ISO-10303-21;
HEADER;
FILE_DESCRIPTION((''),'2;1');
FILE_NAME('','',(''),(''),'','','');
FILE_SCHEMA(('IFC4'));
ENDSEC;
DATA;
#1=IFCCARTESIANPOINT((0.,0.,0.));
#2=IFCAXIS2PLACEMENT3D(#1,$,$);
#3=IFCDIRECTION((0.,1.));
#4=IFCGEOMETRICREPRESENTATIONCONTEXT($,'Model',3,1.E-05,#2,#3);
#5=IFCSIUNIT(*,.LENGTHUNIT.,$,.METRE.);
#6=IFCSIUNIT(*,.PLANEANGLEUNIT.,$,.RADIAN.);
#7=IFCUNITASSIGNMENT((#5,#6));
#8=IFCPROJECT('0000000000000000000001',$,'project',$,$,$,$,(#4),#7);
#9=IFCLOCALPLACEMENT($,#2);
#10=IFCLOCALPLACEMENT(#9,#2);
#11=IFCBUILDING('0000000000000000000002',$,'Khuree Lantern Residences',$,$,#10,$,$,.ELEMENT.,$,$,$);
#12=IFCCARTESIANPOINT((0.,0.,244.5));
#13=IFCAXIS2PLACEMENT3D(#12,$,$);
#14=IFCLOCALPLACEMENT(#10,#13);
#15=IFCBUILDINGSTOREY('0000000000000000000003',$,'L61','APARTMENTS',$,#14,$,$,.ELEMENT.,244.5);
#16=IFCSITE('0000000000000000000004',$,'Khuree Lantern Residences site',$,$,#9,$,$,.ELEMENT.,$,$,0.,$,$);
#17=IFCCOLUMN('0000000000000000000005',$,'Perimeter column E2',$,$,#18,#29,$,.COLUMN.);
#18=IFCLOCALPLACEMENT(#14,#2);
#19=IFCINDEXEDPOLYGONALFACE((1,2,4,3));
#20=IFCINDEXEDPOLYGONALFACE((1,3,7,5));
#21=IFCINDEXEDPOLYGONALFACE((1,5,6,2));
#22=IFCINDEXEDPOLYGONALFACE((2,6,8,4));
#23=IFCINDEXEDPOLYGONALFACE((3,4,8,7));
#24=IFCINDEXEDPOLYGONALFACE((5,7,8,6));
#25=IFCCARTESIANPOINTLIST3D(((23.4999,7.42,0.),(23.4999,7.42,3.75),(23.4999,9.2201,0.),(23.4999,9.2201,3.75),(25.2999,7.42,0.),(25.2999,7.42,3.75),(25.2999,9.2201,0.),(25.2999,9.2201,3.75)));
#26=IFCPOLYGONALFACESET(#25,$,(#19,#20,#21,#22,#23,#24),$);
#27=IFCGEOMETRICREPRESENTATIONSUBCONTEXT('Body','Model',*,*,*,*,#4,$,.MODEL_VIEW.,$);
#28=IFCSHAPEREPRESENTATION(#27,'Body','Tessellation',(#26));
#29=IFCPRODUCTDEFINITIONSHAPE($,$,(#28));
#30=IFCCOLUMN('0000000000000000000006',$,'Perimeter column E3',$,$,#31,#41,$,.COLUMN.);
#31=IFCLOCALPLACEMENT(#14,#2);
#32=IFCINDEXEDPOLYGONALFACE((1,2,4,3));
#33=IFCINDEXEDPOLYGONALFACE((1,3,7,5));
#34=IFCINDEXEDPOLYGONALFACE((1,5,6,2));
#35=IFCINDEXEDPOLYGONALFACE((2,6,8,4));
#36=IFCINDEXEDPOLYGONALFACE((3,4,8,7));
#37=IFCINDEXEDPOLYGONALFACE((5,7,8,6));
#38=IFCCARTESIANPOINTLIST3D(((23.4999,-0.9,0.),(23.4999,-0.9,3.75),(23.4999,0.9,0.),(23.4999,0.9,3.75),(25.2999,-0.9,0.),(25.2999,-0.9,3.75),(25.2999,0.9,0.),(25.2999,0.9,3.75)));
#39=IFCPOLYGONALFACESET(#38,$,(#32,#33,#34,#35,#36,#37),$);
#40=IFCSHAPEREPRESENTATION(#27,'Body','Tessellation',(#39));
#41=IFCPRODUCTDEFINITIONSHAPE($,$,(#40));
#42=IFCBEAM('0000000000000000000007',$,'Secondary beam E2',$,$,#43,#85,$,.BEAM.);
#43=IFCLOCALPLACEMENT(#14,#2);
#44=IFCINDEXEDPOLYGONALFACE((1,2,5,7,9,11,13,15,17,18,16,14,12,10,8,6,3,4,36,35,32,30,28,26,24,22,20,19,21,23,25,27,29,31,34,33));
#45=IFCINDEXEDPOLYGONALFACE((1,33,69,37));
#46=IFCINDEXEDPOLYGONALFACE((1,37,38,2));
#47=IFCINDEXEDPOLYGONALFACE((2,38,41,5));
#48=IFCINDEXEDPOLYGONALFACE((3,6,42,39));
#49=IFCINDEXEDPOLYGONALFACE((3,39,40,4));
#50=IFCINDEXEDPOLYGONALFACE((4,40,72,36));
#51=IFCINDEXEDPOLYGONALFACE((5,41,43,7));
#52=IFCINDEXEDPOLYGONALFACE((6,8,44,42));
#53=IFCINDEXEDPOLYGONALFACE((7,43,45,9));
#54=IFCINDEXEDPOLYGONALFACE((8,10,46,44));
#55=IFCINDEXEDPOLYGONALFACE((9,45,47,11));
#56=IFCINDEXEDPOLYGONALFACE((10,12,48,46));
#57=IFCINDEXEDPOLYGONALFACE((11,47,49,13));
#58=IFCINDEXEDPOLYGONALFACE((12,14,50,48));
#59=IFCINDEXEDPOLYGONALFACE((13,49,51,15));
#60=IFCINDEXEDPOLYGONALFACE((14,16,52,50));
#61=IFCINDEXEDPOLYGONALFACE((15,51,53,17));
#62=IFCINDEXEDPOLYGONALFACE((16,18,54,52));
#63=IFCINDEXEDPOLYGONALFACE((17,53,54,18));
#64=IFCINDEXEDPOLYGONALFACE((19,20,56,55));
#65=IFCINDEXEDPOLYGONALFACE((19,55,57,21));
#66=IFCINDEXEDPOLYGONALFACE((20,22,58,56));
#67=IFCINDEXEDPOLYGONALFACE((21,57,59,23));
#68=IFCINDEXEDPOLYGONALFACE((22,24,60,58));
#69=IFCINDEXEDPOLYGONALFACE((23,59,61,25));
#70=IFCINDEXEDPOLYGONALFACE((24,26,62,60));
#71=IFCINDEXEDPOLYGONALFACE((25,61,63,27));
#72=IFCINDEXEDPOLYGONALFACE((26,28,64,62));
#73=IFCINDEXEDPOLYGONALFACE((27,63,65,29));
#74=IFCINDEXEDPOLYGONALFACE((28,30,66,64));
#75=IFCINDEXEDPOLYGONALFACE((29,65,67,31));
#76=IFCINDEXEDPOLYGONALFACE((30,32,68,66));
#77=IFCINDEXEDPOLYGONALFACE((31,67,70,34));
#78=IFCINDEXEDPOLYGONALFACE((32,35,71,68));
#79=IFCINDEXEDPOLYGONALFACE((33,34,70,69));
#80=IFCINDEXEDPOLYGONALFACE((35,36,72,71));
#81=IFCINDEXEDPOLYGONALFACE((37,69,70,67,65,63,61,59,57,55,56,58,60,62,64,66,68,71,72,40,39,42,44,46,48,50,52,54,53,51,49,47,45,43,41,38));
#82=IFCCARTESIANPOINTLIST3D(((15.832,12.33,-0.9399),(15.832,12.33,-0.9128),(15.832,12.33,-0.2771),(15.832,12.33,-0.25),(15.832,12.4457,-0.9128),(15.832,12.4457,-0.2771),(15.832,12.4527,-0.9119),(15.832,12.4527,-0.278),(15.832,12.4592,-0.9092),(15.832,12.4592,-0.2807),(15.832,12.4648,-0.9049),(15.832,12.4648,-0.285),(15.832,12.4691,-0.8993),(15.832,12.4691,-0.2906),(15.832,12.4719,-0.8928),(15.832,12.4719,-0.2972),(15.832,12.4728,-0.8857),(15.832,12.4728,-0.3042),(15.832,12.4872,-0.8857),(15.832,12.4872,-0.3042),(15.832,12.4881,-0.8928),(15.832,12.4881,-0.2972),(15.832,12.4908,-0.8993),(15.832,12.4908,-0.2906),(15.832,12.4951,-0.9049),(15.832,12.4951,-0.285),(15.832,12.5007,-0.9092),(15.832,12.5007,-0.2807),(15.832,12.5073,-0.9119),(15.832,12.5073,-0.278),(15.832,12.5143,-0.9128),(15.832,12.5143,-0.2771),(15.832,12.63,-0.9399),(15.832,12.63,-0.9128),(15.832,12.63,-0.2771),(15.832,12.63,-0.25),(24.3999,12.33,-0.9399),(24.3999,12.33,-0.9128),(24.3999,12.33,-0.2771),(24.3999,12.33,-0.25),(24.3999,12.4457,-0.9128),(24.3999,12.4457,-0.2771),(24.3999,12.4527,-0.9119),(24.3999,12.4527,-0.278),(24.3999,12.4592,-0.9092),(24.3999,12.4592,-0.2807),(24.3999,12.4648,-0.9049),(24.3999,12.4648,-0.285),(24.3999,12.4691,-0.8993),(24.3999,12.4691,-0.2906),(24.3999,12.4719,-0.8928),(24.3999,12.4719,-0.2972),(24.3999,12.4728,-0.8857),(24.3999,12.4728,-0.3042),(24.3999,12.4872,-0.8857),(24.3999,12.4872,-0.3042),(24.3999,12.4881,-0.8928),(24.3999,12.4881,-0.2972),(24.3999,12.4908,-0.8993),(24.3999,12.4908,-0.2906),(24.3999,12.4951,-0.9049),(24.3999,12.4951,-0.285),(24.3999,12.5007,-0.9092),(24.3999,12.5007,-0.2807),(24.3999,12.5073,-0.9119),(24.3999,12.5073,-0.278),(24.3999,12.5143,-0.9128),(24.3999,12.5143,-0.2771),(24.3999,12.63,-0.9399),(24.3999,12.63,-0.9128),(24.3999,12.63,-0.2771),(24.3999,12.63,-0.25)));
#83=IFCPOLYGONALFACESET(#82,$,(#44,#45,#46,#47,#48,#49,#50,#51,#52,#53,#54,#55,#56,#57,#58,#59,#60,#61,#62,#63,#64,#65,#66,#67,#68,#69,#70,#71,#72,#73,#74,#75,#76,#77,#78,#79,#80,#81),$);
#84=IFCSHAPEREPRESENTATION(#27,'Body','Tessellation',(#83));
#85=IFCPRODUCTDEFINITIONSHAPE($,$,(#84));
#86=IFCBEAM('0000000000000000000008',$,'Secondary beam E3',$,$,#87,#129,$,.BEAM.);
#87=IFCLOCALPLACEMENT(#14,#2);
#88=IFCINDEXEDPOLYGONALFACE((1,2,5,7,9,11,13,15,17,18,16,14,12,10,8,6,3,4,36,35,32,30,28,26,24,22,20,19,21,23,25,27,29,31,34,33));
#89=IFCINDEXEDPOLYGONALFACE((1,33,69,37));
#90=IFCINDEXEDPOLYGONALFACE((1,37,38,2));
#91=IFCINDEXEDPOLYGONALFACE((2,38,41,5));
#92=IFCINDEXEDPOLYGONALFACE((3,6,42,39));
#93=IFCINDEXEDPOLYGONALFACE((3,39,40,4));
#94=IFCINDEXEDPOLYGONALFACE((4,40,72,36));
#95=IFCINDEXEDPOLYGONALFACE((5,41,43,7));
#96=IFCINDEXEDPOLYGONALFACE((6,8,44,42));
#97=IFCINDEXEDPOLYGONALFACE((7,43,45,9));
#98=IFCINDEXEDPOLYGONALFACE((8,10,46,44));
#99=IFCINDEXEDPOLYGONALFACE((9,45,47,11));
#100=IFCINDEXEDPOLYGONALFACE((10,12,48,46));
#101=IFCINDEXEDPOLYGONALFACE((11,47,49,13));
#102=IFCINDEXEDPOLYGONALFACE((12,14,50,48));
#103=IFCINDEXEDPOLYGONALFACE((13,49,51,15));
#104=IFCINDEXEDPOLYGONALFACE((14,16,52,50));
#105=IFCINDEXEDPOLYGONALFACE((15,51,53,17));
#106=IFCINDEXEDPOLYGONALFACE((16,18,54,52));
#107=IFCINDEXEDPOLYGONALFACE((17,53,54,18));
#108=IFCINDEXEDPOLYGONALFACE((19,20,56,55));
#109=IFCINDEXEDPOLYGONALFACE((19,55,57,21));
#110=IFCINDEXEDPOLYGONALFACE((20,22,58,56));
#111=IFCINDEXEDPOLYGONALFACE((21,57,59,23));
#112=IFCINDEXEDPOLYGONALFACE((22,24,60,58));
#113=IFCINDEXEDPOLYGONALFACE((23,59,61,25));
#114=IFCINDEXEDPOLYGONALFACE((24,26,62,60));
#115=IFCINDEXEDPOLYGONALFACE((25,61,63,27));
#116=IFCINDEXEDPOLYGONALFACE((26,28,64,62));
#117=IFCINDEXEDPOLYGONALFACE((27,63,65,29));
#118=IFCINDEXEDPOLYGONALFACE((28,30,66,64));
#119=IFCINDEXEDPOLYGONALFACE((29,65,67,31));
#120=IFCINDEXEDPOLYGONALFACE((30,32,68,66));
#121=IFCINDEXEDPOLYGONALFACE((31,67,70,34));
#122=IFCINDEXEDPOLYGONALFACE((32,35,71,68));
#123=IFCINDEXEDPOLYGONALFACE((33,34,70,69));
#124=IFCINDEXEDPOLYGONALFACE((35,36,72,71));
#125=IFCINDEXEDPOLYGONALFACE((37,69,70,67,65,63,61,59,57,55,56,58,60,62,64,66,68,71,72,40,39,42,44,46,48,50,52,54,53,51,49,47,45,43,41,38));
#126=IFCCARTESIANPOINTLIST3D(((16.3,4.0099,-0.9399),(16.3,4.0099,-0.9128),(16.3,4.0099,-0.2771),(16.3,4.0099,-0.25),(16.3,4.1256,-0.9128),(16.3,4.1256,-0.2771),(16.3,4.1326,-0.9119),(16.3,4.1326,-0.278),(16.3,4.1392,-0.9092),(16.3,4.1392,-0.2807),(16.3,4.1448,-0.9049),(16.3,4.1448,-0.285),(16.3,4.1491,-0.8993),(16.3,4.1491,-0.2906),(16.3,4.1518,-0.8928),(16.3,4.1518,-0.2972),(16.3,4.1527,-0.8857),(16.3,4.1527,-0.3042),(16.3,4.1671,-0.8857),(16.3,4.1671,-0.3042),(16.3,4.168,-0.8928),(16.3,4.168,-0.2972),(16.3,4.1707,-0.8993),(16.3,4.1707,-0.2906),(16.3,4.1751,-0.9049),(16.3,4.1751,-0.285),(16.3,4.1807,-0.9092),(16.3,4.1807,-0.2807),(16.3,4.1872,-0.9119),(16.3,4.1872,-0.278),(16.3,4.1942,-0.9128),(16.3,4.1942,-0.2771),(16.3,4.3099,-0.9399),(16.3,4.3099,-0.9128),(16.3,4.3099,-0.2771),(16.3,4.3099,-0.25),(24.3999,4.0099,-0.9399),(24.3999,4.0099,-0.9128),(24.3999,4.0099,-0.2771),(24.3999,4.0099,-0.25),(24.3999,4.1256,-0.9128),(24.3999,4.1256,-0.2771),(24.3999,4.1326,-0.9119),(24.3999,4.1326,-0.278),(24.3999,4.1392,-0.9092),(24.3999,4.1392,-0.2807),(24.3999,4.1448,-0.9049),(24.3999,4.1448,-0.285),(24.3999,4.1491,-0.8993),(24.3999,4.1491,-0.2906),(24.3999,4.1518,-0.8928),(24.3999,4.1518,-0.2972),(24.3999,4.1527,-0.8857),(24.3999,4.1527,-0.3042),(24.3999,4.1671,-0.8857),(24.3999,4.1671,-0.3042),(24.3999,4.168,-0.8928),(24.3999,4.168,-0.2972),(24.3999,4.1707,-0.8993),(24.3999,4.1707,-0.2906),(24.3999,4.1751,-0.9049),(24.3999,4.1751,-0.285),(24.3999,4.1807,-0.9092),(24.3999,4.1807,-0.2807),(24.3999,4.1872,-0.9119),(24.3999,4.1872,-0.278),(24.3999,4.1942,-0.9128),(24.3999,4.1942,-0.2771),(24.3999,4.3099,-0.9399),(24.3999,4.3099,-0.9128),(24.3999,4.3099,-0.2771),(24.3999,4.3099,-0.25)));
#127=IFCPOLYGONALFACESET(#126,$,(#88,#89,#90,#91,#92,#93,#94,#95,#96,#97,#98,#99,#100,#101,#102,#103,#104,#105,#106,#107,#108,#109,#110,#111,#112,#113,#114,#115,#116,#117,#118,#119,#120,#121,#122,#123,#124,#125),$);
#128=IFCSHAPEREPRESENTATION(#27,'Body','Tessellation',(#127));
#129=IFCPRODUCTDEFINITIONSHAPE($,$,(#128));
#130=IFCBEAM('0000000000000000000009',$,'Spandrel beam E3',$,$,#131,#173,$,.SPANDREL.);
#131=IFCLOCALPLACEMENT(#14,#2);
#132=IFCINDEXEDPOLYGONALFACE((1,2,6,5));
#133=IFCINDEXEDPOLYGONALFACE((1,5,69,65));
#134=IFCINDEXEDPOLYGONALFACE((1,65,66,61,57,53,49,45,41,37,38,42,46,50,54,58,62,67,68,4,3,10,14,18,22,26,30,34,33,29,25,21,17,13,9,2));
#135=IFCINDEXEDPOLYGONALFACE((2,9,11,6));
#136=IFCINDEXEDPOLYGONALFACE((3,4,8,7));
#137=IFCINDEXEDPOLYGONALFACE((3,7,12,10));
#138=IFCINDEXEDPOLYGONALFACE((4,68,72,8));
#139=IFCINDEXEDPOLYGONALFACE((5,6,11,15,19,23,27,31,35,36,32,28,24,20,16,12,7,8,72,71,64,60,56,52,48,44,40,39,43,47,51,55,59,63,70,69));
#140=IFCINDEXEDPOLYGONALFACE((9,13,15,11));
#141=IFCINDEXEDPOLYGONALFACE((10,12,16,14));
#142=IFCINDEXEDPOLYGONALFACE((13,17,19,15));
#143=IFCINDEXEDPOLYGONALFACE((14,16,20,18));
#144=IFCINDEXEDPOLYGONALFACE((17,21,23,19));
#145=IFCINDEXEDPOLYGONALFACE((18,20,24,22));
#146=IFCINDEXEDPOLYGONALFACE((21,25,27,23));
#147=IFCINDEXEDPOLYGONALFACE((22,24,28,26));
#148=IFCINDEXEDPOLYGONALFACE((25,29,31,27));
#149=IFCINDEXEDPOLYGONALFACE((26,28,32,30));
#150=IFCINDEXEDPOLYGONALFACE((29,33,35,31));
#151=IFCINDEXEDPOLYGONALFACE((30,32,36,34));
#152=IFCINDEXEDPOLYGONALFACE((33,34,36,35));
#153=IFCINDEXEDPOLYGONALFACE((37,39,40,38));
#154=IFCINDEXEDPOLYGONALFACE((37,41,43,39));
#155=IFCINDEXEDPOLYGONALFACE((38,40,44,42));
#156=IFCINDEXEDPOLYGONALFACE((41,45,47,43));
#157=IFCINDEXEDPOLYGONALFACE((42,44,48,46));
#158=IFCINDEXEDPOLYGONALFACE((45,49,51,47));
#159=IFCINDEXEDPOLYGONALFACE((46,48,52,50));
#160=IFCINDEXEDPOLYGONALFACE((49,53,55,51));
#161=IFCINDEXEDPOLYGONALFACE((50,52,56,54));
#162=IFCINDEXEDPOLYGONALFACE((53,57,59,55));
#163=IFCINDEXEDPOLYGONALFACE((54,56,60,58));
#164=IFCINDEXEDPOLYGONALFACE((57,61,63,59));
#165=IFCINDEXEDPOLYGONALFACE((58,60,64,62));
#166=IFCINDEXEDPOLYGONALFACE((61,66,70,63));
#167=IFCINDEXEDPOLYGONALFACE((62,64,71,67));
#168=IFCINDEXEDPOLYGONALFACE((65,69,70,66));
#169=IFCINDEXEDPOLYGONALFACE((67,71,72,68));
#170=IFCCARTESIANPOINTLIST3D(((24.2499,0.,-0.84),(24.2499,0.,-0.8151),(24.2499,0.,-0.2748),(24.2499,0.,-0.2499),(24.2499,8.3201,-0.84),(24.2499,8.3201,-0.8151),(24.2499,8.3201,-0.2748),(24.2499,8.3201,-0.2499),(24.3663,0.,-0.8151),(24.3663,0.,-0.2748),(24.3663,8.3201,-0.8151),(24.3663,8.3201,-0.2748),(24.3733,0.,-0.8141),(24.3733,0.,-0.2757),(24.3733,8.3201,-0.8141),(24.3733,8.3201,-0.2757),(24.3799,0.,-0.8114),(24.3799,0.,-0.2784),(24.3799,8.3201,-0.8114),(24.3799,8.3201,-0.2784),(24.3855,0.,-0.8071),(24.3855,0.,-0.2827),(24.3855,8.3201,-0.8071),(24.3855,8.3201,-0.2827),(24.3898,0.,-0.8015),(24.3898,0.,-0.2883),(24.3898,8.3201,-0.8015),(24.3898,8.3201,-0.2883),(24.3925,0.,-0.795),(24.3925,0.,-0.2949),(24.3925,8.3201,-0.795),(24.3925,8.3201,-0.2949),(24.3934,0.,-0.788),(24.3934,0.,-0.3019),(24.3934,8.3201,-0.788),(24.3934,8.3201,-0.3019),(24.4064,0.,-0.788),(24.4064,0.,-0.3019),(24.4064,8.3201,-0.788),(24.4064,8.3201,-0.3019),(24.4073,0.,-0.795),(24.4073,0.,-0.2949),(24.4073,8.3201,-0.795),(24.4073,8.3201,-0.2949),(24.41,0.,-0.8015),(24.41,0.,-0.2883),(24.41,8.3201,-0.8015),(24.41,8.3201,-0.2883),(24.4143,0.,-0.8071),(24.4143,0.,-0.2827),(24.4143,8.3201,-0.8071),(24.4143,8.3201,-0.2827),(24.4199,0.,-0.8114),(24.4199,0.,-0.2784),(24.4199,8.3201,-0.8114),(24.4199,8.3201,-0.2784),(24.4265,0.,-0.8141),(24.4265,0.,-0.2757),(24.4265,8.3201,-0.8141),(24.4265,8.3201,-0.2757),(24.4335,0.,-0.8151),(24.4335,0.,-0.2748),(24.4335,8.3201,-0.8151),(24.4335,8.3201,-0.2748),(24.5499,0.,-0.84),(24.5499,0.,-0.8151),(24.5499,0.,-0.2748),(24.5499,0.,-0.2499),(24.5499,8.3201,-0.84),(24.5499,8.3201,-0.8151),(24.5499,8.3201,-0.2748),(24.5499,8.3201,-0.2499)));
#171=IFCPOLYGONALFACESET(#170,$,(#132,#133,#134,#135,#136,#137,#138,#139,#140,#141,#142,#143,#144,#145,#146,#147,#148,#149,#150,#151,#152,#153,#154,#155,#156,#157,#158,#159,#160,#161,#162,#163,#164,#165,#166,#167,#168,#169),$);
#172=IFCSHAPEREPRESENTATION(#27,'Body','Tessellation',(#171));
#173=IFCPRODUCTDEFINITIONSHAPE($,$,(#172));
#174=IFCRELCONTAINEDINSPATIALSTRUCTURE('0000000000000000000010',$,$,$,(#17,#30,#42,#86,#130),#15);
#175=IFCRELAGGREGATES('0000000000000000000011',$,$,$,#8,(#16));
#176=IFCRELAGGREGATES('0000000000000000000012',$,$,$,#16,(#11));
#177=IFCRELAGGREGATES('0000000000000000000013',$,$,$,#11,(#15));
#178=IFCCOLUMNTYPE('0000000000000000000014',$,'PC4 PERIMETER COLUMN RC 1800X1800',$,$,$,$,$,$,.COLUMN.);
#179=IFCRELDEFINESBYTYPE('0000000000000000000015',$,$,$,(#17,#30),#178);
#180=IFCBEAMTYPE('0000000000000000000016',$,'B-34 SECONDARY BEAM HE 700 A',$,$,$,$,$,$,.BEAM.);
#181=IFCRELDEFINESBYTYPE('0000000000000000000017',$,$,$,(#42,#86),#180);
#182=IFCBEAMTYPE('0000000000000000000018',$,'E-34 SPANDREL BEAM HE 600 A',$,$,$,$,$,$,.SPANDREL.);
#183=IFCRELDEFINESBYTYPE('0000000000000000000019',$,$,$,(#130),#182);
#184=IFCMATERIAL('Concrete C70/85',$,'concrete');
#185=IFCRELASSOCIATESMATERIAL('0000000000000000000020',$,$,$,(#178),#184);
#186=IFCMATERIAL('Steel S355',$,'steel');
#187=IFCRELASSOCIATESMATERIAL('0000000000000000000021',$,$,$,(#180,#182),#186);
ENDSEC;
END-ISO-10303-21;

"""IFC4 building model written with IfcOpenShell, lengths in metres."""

from ifc_helpers import new_model, si_unit, direction, frame, origin, origin_2d, place, context, subcontext, project, spatial, rectangle, i_section, extrude, material, material_profile, profile_set, type_object, element, save


model = new_model("IFC4")

# Units and contexts
model_context = context("Model", 3, precision=1e-05, world=origin(), true_north=direction((0.0, 1.0)))
body_context = subcontext(model_context, "Body", "Model", "MODEL_VIEW")
ifc_project = project(units=[si_unit("LENGTHUNIT", "METRE"), si_unit("PLANEANGLEUNIT", "RADIAN")], contexts=[model_context])

# Site, building, storey
site_placement = place(None, origin())
site = spatial("IfcSite", under=ifc_project, at=site_placement, Name="Khuree Lantern Residences site", CompositionType="ELEMENT", RefElevation=0.0)
building_placement = place(site_placement, origin())
building = spatial("IfcBuilding", under=site, at=building_placement, Name="Khuree Lantern Residences", CompositionType="ELEMENT")
storey_placement = place(building_placement, frame((0.0, 0.0, 244.5)))
storey = spatial("IfcBuildingStorey", under=building, at=storey_placement, Name="L61", Description="APARTMENTS", CompositionType="ELEMENT", Elevation=244.5)

# Columns
ifc_material_1 = material(Name="Concrete C70/85", Category="concrete")
ifc_material_profile_1 = material_profile(ifc_material_1, rectangle(XDim=1.8, YDim=1.8, at=origin_2d()), Name="RC 1800X1800")
ifc_profile_set_1 = profile_set([ifc_material_profile_1], Name="Concrete C70/85")
column_type = type_object("IfcColumnType", Name="PC4 PERIMETER COLUMN RC 1800X1800", PredefinedType="COLUMN", material=ifc_profile_set_1)
for number, where, z_axis, x_axis, name in (
    (1, (24.3999, 8.3201, 0.0), (0.0, 0.0, 1.0), (0.0, 1.0, 0.0), "Perimeter column E2"),
    (2, (24.3999, 0.0, 0.0), (0.0, 0.0, 1.0), (0.0, 1.0, 0.0), "Perimeter column E3"),
):
    element("IfcColumn", number, at=place(storey_placement, frame(where, z_axis=z_axis, x_axis=x_axis)), inside=storey, type_object=column_type, Name=name, PredefinedType="COLUMN", context=body_context, shape_type="SweptSolid", body=[
        extrude(rectangle(XDim=1.8, YDim=1.8, at=origin_2d()), origin(), (0.0, 0.0, 1.0), 3.75),
    ])

# Beams
ifc_material_2 = material(Name="Steel S355", Category="steel")
ifc_material_profile_2 = material_profile(ifc_material_2, i_section(OverallWidth=0.3, OverallDepth=0.6899, WebThickness=0.0144, FlangeThickness=0.0271, FilletRadius=0.0271, at=origin_2d()), Name="HE 700 A")
ifc_profile_set_2 = profile_set([ifc_material_profile_2], Name="Steel S355")
beam_type_1 = type_object("IfcBeamType", Name="B-34 SECONDARY BEAM HE 700 A", PredefinedType="BEAM", material=ifc_profile_set_2)
beam_1_placement = place(storey_placement, frame((24.3999, 12.48, -0.595), z_axis=(-1.0, 0.0, 0.0), x_axis=(0.0, -1.0, 0.0)))
element("IfcBeam", 3, at=beam_1_placement, inside=storey, type_object=beam_type_1, Name="Secondary beam E2", PredefinedType="BEAM", context=body_context, shape_type="SweptSolid", body=[
    extrude(i_section(OverallWidth=0.3, OverallDepth=0.6899, WebThickness=0.0144, FlangeThickness=0.0271, FilletRadius=0.0271, at=origin_2d()), origin(), (0.0, 0.0, 1.0), 8.5679),
])
beam_2_placement = place(storey_placement, frame((24.3999, 4.1599, -0.595), z_axis=(-1.0, 0.0, 0.0), x_axis=(0.0, -1.0, 0.0)))
element("IfcBeam", 4, at=beam_2_placement, inside=storey, type_object=beam_type_1, Name="Secondary beam E3", PredefinedType="BEAM", context=body_context, shape_type="SweptSolid", body=[
    extrude(i_section(OverallWidth=0.3, OverallDepth=0.6899, WebThickness=0.0144, FlangeThickness=0.0271, FilletRadius=0.0271, at=origin_2d()), origin(), (0.0, 0.0, 1.0), 8.0999),
])
ifc_material_profile_3 = material_profile(ifc_material_2, i_section(OverallWidth=0.3, OverallDepth=0.5901, WebThickness=0.0129, FlangeThickness=0.0249, FilletRadius=0.0271, at=origin_2d()), Name="HE 600 A")
ifc_profile_set_3 = profile_set([ifc_material_profile_3], Name="Steel S355")
beam_type_2 = type_object("IfcBeamType", Name="E-34 SPANDREL BEAM HE 600 A", PredefinedType="SPANDREL", material=ifc_profile_set_3)
for number, where, z_axis, x_axis, name in (
    (5, (24.3999, 8.3201, -0.5449), (0.0, -1.0, 0.0), (1.0, 0.0, 0.0), "Spandrel beam E3"),
):
    element("IfcBeam", number, at=place(storey_placement, frame(where, z_axis=z_axis, x_axis=x_axis)), inside=storey, type_object=beam_type_2, Name=name, PredefinedType="SPANDREL", context=body_context, shape_type="SweptSolid", body=[
        extrude(i_section(OverallWidth=0.3, OverallDepth=0.5901, WebThickness=0.0129, FlangeThickness=0.0249, FilletRadius=0.0271, at=origin_2d()), origin(), (0.0, 0.0, 1.0), 8.3201),
    ])

save(model, "model.ifc")
